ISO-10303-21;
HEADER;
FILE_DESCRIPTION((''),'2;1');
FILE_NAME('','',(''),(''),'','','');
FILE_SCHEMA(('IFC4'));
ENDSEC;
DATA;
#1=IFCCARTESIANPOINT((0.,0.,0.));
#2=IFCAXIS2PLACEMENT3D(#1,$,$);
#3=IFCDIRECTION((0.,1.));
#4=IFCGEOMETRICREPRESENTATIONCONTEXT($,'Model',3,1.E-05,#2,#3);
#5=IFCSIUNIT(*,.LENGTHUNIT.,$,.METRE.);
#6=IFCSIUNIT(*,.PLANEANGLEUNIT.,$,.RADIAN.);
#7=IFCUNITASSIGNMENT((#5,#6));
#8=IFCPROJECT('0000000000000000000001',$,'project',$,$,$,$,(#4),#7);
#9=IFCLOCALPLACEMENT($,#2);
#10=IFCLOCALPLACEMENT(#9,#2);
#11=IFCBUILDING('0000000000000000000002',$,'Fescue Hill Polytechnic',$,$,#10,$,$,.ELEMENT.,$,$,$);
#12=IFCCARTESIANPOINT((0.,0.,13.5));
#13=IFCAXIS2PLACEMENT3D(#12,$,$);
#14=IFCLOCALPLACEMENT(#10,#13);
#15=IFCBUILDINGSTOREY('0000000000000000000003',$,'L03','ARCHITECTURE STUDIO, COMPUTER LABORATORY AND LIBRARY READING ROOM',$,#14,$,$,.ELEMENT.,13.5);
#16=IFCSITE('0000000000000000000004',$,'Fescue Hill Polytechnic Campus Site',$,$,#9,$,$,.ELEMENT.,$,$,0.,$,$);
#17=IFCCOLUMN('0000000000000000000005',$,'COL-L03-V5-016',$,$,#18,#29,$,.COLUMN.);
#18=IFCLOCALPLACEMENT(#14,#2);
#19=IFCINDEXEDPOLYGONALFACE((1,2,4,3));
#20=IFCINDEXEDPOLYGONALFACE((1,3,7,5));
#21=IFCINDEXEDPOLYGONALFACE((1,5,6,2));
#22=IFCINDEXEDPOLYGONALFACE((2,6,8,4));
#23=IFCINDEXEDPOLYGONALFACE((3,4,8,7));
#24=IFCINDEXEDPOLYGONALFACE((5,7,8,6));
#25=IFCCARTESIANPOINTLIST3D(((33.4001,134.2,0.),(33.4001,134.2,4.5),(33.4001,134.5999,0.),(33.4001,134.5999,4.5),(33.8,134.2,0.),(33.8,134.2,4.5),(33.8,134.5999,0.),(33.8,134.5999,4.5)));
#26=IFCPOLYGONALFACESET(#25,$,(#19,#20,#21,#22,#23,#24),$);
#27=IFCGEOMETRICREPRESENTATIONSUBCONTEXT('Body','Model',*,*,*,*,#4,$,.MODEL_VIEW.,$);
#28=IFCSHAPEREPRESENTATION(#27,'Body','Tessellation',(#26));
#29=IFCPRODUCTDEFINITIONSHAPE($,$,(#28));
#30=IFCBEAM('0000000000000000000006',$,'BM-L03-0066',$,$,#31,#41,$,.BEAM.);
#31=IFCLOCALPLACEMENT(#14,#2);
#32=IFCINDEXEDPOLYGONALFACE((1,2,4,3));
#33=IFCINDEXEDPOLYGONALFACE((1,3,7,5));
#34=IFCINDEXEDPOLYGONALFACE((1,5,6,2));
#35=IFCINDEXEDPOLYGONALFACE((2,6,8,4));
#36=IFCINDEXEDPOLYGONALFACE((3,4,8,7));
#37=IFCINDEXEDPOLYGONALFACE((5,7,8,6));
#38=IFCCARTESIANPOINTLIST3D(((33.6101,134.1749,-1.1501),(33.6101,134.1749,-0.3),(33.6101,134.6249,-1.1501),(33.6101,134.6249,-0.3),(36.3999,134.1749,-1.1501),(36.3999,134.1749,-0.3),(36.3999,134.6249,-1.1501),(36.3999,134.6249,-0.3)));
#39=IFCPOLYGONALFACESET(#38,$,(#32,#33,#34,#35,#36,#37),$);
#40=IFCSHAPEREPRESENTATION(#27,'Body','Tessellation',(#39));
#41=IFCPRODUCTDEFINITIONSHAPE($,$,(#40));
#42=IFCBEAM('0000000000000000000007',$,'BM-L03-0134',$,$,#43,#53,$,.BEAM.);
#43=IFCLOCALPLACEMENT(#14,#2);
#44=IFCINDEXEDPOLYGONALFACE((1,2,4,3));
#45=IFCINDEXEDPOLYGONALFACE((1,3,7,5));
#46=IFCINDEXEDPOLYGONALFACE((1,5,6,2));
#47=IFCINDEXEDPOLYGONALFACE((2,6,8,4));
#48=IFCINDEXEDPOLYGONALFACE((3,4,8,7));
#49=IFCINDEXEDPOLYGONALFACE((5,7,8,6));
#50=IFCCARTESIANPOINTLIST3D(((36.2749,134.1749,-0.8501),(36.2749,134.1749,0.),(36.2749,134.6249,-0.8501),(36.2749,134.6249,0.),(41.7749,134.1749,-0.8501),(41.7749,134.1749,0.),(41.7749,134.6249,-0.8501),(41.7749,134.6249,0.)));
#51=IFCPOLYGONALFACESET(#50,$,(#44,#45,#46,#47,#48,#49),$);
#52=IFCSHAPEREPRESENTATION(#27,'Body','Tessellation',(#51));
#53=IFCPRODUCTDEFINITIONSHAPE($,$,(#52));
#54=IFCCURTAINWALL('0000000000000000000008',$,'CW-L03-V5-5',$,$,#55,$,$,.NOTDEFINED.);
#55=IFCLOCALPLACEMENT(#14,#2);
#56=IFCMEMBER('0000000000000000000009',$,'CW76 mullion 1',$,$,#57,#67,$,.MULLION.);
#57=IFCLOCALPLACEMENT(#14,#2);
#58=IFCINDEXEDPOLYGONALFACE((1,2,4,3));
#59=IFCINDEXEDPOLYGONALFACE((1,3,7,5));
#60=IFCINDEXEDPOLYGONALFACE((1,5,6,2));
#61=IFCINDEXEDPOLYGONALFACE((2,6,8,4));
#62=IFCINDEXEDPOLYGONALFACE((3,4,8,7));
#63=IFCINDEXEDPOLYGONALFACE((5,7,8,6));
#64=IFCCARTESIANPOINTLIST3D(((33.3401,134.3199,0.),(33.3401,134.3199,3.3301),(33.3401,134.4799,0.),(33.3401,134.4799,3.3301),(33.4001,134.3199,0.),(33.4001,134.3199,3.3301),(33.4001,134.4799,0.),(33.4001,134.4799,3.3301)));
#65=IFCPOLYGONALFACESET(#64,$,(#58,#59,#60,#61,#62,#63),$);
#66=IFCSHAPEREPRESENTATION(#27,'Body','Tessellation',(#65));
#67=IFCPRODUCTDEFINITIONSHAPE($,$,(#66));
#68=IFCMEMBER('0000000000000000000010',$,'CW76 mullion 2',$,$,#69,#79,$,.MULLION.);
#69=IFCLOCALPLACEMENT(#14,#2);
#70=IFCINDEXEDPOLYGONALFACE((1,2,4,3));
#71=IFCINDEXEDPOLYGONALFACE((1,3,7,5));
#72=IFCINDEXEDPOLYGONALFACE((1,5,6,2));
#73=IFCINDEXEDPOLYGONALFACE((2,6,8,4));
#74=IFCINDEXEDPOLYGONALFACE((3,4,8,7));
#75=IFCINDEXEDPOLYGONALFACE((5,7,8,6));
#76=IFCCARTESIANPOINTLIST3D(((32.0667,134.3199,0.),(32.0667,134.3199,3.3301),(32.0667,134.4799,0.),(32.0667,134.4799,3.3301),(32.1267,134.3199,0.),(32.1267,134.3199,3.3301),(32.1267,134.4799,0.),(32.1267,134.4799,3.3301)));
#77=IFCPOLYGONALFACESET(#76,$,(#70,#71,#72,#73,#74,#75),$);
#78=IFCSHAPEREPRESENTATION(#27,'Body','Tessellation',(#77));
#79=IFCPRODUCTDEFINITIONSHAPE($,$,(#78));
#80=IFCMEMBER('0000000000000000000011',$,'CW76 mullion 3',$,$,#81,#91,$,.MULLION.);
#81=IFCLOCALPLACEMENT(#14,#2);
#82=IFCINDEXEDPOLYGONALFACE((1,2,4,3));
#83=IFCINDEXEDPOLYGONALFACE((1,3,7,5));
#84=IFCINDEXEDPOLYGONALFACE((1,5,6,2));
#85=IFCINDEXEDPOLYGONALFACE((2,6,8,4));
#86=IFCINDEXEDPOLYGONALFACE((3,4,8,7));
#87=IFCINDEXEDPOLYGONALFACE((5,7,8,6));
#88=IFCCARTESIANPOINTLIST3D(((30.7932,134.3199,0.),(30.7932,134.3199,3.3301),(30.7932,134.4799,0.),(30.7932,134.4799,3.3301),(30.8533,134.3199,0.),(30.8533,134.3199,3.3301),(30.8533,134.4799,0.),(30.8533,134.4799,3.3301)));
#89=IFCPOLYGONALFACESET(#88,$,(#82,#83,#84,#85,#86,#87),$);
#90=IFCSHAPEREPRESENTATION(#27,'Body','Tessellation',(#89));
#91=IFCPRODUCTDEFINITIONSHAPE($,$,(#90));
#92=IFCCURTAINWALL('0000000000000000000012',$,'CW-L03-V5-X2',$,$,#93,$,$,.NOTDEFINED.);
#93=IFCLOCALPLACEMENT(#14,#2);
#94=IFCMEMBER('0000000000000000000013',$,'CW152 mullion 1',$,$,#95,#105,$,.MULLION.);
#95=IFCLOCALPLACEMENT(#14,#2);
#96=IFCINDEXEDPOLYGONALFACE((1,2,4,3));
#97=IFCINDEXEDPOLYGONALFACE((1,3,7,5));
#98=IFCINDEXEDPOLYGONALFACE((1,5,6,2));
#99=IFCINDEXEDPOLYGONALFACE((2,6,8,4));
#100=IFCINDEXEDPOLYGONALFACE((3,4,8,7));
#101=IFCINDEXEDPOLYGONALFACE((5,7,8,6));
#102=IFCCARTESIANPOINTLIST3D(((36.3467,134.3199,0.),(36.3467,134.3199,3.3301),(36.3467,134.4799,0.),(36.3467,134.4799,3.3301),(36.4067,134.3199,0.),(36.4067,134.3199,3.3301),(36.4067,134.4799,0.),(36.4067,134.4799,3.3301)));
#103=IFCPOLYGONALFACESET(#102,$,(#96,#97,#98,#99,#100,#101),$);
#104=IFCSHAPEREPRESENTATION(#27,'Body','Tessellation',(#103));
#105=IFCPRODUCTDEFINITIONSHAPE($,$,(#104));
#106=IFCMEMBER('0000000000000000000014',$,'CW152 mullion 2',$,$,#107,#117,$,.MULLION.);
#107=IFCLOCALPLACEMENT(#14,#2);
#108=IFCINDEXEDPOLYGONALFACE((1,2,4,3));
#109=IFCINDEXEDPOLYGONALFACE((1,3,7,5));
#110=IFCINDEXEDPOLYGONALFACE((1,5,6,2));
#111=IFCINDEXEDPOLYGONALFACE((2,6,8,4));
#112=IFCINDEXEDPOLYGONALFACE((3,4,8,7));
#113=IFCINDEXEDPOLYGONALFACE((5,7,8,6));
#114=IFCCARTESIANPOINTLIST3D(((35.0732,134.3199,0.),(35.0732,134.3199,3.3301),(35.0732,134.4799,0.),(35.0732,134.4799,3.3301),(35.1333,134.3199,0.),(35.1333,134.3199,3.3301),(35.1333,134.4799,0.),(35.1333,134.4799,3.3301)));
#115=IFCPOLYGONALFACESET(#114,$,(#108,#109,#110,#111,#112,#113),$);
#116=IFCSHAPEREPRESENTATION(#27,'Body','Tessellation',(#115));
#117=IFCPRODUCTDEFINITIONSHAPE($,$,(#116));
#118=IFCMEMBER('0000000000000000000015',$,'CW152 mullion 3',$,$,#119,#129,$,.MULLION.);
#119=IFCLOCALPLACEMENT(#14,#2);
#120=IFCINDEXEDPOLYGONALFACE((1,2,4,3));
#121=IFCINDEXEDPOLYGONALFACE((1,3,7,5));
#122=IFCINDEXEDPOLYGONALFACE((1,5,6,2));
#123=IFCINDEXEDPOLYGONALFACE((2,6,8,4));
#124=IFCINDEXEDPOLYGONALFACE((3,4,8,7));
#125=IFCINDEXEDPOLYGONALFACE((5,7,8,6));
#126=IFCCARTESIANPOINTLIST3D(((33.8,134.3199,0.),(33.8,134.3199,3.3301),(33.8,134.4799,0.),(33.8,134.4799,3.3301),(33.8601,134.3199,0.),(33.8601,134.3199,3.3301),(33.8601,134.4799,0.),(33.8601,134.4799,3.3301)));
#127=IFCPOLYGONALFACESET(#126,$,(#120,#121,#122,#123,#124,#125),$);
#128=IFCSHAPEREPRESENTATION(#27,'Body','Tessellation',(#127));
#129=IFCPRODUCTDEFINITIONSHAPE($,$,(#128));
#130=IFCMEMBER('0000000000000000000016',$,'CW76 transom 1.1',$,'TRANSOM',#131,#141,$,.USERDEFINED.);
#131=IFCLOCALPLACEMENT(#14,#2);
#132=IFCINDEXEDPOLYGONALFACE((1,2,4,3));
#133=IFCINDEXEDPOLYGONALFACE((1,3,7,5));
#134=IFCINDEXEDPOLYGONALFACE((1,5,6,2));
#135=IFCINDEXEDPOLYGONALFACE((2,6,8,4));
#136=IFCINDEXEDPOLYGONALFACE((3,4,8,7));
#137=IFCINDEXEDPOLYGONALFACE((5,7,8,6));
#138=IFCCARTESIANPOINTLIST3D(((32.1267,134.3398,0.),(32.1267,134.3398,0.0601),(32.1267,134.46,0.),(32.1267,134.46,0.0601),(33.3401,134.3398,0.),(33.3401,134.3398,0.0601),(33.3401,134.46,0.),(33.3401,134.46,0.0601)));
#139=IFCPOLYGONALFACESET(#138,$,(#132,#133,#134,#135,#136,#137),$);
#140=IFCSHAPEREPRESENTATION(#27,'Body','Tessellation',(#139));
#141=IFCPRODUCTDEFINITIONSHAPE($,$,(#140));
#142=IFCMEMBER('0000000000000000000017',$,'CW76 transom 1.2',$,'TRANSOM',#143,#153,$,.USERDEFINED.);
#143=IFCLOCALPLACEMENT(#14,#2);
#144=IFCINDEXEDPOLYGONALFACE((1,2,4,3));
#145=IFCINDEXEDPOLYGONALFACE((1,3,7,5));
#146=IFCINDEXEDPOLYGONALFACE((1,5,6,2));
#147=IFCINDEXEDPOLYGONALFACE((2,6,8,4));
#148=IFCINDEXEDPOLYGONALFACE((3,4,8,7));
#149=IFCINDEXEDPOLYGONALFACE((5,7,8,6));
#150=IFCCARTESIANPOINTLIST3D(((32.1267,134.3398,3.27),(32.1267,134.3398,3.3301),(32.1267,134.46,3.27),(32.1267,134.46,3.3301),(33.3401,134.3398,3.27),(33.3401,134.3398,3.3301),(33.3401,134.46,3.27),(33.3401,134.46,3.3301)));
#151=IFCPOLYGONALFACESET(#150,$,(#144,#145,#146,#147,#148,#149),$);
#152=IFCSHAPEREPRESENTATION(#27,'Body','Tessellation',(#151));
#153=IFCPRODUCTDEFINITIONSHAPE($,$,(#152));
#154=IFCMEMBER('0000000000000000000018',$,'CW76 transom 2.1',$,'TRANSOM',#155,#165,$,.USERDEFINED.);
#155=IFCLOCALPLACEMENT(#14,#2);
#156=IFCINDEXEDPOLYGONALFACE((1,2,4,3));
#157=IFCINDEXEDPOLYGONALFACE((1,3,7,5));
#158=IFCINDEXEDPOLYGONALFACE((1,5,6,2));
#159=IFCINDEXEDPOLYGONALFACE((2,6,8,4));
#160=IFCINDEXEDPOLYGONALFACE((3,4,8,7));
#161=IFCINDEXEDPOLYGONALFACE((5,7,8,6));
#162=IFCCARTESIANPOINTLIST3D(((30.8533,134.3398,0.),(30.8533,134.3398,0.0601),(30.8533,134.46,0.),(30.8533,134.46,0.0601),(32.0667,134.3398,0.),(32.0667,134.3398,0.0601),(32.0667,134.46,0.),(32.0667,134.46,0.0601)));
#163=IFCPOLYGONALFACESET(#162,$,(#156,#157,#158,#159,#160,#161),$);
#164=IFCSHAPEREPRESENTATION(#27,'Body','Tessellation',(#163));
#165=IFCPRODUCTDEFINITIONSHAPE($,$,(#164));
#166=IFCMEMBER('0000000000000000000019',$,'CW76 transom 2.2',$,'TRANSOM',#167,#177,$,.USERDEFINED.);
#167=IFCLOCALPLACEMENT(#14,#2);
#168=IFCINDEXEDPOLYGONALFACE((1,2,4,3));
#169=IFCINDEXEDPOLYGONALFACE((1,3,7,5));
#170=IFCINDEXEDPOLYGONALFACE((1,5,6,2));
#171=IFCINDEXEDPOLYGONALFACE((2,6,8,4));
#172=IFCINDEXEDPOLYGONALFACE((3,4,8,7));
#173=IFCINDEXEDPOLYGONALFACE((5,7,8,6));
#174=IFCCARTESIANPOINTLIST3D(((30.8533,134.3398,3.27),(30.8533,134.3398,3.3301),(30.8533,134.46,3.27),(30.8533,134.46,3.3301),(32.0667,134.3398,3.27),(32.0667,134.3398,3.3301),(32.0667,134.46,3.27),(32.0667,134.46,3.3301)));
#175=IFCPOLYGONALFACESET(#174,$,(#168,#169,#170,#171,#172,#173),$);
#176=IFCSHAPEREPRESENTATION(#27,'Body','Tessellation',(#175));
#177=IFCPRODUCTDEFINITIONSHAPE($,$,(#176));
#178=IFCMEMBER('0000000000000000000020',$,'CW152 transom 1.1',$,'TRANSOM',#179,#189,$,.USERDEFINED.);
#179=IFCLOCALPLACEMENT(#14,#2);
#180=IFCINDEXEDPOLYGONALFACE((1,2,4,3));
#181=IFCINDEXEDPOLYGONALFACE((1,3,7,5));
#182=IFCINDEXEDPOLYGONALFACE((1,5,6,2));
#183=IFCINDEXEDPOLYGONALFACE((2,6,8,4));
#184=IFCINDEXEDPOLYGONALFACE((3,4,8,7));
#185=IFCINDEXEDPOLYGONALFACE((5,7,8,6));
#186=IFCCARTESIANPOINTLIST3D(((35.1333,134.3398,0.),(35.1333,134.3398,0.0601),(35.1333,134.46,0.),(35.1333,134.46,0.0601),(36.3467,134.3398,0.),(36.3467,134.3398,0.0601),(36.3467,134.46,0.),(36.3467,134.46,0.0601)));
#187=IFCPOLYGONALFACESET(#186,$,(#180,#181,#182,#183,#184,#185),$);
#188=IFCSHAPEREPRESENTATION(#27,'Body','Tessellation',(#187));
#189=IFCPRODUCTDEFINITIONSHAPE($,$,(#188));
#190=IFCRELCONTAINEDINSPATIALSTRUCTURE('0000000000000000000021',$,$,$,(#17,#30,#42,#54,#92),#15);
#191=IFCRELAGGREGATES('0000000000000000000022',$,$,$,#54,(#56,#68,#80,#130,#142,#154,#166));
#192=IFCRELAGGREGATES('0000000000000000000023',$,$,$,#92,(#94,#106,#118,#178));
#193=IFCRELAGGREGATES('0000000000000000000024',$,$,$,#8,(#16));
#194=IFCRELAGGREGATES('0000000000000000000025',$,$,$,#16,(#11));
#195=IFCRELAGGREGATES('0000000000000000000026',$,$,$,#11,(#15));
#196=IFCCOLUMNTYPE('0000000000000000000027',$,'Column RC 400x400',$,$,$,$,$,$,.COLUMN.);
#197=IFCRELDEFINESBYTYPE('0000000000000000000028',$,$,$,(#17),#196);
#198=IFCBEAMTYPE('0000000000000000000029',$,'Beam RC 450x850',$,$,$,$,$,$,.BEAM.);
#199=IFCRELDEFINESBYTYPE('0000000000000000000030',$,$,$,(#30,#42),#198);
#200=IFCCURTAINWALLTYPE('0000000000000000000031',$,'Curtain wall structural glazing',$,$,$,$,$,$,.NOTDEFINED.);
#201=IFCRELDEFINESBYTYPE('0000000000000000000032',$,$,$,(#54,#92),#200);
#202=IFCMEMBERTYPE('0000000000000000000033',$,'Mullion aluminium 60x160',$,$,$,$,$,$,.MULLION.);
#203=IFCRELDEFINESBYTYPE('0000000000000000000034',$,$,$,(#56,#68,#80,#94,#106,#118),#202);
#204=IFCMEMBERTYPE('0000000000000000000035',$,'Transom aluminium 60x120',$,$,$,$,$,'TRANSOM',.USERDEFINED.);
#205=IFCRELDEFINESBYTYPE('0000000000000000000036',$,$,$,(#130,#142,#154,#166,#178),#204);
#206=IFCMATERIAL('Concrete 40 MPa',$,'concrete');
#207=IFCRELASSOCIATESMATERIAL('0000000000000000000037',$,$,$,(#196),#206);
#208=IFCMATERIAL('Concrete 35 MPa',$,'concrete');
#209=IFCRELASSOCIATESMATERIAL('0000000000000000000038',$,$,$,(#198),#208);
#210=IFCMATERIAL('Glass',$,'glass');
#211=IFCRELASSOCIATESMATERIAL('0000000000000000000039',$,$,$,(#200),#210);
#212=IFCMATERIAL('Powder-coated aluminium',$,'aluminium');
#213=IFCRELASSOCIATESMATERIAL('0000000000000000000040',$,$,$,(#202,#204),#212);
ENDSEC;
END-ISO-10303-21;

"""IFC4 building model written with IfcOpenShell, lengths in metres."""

from ifc_helpers import new_model, si_unit, direction, frame, origin, origin_2d, place, context, subcontext, project, spatial, rectangle, extrude, material, material_profile, profile_set, type_object, element, aggregate, save


model = new_model("IFC4")

# Units and contexts
model_context = context("Model", 3, precision=1e-05, world=origin(), true_north=direction((0.0, 1.0)))
body_context = subcontext(model_context, "Body", "Model", "MODEL_VIEW")
ifc_project = project(units=[si_unit("LENGTHUNIT", "METRE"), si_unit("PLANEANGLEUNIT", "RADIAN")], contexts=[model_context])

# Site, building, storey
site_placement = place(None, origin())
site = spatial("IfcSite", under=ifc_project, at=site_placement, Name="Fescue Hill Polytechnic Campus Site", CompositionType="ELEMENT", RefElevation=0.0)
building_placement = place(site_placement, origin())
building = spatial("IfcBuilding", under=site, at=building_placement, Name="Fescue Hill Polytechnic", CompositionType="ELEMENT")
storey_placement = place(building_placement, frame((0.0, 0.0, 13.5)))
storey = spatial("IfcBuildingStorey", under=building, at=storey_placement, Name="L03", Description="ARCHITECTURE STUDIO, COMPUTER LABORATORY AND LIBRARY READING ROOM", CompositionType="ELEMENT", Elevation=13.5)

# Column
ifc_material_1 = material(Name="Concrete 40 MPa", Category="concrete")
ifc_material_profile_1 = material_profile(ifc_material_1, rectangle(XDim=0.3999, YDim=0.3999, at=origin_2d()), Name="RC 400x400")
ifc_profile_set_1 = profile_set([ifc_material_profile_1], Name="Concrete 40 MPa")
column_type = type_object("IfcColumnType", Name="Column RC 400x400", PredefinedType="COLUMN", material=ifc_profile_set_1)
column_placement = place(storey_placement, frame((33.6001, 134.3999, 0.0), z_axis=(0.0, 0.0, 1.0), x_axis=(1.0, 0.0, 0.0)))
element("IfcColumn", 1, at=column_placement, inside=storey, type_object=column_type, Name="COL-L03-V5-016", PredefinedType="COLUMN", context=body_context, shape_type="SweptSolid", body=[
    extrude(rectangle(XDim=0.3999, YDim=0.3999, at=origin_2d()), origin(), (0.0, 0.0, 1.0), 4.5),
])

# Beams
ifc_material_2 = material(Name="Concrete 35 MPa", Category="concrete")
ifc_material_profile_2 = material_profile(ifc_material_2, rectangle(XDim=0.45, YDim=0.8501, at=origin_2d()), Name="RC 450x850")
ifc_profile_set_2 = profile_set([ifc_material_profile_2], Name="Concrete 35 MPa")
beam_type = type_object("IfcBeamType", Name="Beam RC 450x850", PredefinedType="BEAM", material=ifc_profile_set_2)
beam_1_placement = place(storey_placement, frame((33.6101, 134.3999, -0.7251), z_axis=(1.0, 0.0, 0.0), x_axis=(0.0, 1.0, 0.0)))
element("IfcBeam", 2, at=beam_1_placement, inside=storey, type_object=beam_type, Name="BM-L03-0066", PredefinedType="BEAM", context=body_context, shape_type="SweptSolid", body=[
    extrude(rectangle(XDim=0.45, YDim=0.8501, at=origin_2d()), origin(), (0.0, 0.0, 1.0), 2.7898),
])
beam_2_placement = place(storey_placement, frame((36.2749, 134.3999, -0.425), z_axis=(1.0, 0.0, 0.0), x_axis=(0.0, 1.0, 0.0)))
element("IfcBeam", 3, at=beam_2_placement, inside=storey, type_object=beam_type, Name="BM-L03-0134", PredefinedType="BEAM", context=body_context, shape_type="SweptSolid", body=[
    extrude(rectangle(XDim=0.45, YDim=0.8501, at=origin_2d()), origin(), (0.0, 0.0, 1.0), 5.5),
])

# Curtain walls, members
ifc_material_3 = material(Name="Glass", Category="glass")
curtain_wall_type = type_object("IfcCurtainWallType", Name="Curtain wall structural glazing", PredefinedType="NOTDEFINED", material=ifc_material_3)
curtain_wall_1_placement = place(storey_placement, origin())
curtain_wall_1 = element("IfcCurtainWall", 4, at=curtain_wall_1_placement, inside=storey, type_object=curtain_wall_type, Name="CW-L03-V5-5", PredefinedType="NOTDEFINED")
ifc_material_4 = material(Name="Powder-coated aluminium", Category="aluminium")
ifc_material_profile_3 = material_profile(ifc_material_4, rectangle(XDim=0.1599, YDim=0.0601, at=origin_2d()), Name="Mullion aluminium 60x160")
ifc_profile_set_3 = profile_set([ifc_material_profile_3], Name="Powder-coated aluminium")
member_type_1 = type_object("IfcMemberType", Name="Mullion aluminium 60x160", PredefinedType="MULLION", material=ifc_profile_set_3)
member_1_placement = place(storey_placement, frame((33.3701, 134.3999, 0.0), z_axis=(0.0, 0.0, 1.0), x_axis=(0.0, -1.0, 0.0)))
member_1 = element("IfcMember", 5, at=member_1_placement, type_object=member_type_1, Name="CW76 mullion 1", PredefinedType="MULLION", context=body_context, shape_type="SweptSolid", body=[
    extrude(rectangle(XDim=0.1599, YDim=0.0601, at=origin_2d()), origin(), (0.0, 0.0, 1.0), 3.3301),
])
member_2_placement = place(storey_placement, frame((32.0967, 134.3999, 0.0), z_axis=(0.0, 0.0, 1.0), x_axis=(0.0, -1.0, 0.0)))
member_2 = element("IfcMember", 6, at=member_2_placement, type_object=member_type_1, Name="CW76 mullion 2", PredefinedType="MULLION", context=body_context, shape_type="SweptSolid", body=[
    extrude(rectangle(XDim=0.1599, YDim=0.0601, at=origin_2d()), origin(), (0.0, 0.0, 1.0), 3.3301),
])
member_3_placement = place(storey_placement, frame((30.8232, 134.3999, 0.0), z_axis=(0.0, 0.0, 1.0), x_axis=(0.0, -1.0, 0.0)))
member_3 = element("IfcMember", 7, at=member_3_placement, type_object=member_type_1, Name="CW76 mullion 3", PredefinedType="MULLION", context=body_context, shape_type="SweptSolid", body=[
    extrude(rectangle(XDim=0.1599, YDim=0.0601, at=origin_2d()), origin(), (0.0, 0.0, 1.0), 3.3301),
])
curtain_wall_2_placement = place(storey_placement, origin())
curtain_wall_2 = element("IfcCurtainWall", 8, at=curtain_wall_2_placement, inside=storey, type_object=curtain_wall_type, Name="CW-L03-V5-X2", PredefinedType="NOTDEFINED")
member_4_placement = place(storey_placement, frame((36.3767, 134.3999, 0.0), z_axis=(0.0, 0.0, 1.0), x_axis=(0.0, -1.0, 0.0)))
member_4 = element("IfcMember", 9, at=member_4_placement, type_object=member_type_1, Name="CW152 mullion 1", PredefinedType="MULLION", context=body_context, shape_type="SweptSolid", body=[
    extrude(rectangle(XDim=0.1599, YDim=0.0601, at=origin_2d()), origin(), (0.0, 0.0, 1.0), 3.3301),
])
member_5_placement = place(storey_placement, frame((35.1033, 134.3999, 0.0), z_axis=(0.0, 0.0, 1.0), x_axis=(0.0, -1.0, 0.0)))
member_5 = element("IfcMember", 10, at=member_5_placement, type_object=member_type_1, Name="CW152 mullion 2", PredefinedType="MULLION", context=body_context, shape_type="SweptSolid", body=[
    extrude(rectangle(XDim=0.1599, YDim=0.0601, at=origin_2d()), origin(), (0.0, 0.0, 1.0), 3.3301),
])
member_6_placement = place(storey_placement, frame((33.8301, 134.3999, 0.0), z_axis=(0.0, 0.0, 1.0), x_axis=(0.0, -1.0, 0.0)))
member_6 = element("IfcMember", 11, at=member_6_placement, type_object=member_type_1, Name="CW152 mullion 3", PredefinedType="MULLION", context=body_context, shape_type="SweptSolid", body=[
    extrude(rectangle(XDim=0.1599, YDim=0.0601, at=origin_2d()), origin(), (0.0, 0.0, 1.0), 3.3301),
])

# Members
ifc_material_profile_4 = material_profile(ifc_material_4, rectangle(XDim=0.1201, YDim=0.0601, at=origin_2d()), Name="Transom aluminium 60x120")
ifc_profile_set_4 = profile_set([ifc_material_profile_4], Name="Powder-coated aluminium")
member_type_2 = type_object("IfcMemberType", Name="Transom aluminium 60x120", ElementType="TRANSOM", PredefinedType="USERDEFINED", material=ifc_profile_set_4)
member_7_placement = place(storey_placement, frame((33.3401, 134.3999, 0.03), z_axis=(-1.0, 0.0, 0.0), x_axis=(0.0, -1.0, 0.0)))
member_7 = element("IfcMember", 12, at=member_7_placement, type_object=member_type_2, Name="CW76 transom 1.1", ObjectType="TRANSOM", PredefinedType="USERDEFINED", context=body_context, shape_type="SweptSolid", body=[
    extrude(rectangle(XDim=0.1201, YDim=0.0601, at=origin_2d()), origin(), (0.0, 0.0, 1.0), 1.2134),
])
member_8_placement = place(storey_placement, frame((33.3401, 134.3999, 3.3), z_axis=(-1.0, 0.0, 0.0), x_axis=(0.0, -1.0, 0.0)))
member_8 = element("IfcMember", 13, at=member_8_placement, type_object=member_type_2, Name="CW76 transom 1.2", ObjectType="TRANSOM", PredefinedType="USERDEFINED", context=body_context, shape_type="SweptSolid", body=[
    extrude(rectangle(XDim=0.1201, YDim=0.0601, at=origin_2d()), origin(), (0.0, 0.0, 1.0), 1.2134),
])
member_9_placement = place(storey_placement, frame((32.0667, 134.3999, 0.03), z_axis=(-1.0, 0.0, 0.0), x_axis=(0.0, -1.0, 0.0)))
member_9 = element("IfcMember", 14, at=member_9_placement, type_object=member_type_2, Name="CW76 transom 2.1", ObjectType="TRANSOM", PredefinedType="USERDEFINED", context=body_context, shape_type="SweptSolid", body=[
    extrude(rectangle(XDim=0.1201, YDim=0.0601, at=origin_2d()), origin(), (0.0, 0.0, 1.0), 1.2134),
])
member_10_placement = place(storey_placement, frame((32.0667, 134.3999, 3.3), z_axis=(-1.0, 0.0, 0.0), x_axis=(0.0, -1.0, 0.0)))
member_10 = element("IfcMember", 15, at=member_10_placement, type_object=member_type_2, Name="CW76 transom 2.2", ObjectType="TRANSOM", PredefinedType="USERDEFINED", context=body_context, shape_type="SweptSolid", body=[
    extrude(rectangle(XDim=0.1201, YDim=0.0601, at=origin_2d()), origin(), (0.0, 0.0, 1.0), 1.2134),
])
member_11_placement = place(storey_placement, frame((36.3467, 134.3999, 0.03), z_axis=(-1.0, 0.0, 0.0), x_axis=(0.0, -1.0, 0.0)))
member_11 = element("IfcMember", 16, at=member_11_placement, type_object=member_type_2, Name="CW152 transom 1.1", ObjectType="TRANSOM", PredefinedType="USERDEFINED", context=body_context, shape_type="SweptSolid", body=[
    extrude(rectangle(XDim=0.1201, YDim=0.0601, at=origin_2d()), origin(), (0.0, 0.0, 1.0), 1.2134),
])

aggregate(curtain_wall_1, [member_1, member_2, member_3, member_7, member_8, member_9, member_10])
aggregate(curtain_wall_2, [member_4, member_5, member_6, member_11])

save(model, "model.ifc")
